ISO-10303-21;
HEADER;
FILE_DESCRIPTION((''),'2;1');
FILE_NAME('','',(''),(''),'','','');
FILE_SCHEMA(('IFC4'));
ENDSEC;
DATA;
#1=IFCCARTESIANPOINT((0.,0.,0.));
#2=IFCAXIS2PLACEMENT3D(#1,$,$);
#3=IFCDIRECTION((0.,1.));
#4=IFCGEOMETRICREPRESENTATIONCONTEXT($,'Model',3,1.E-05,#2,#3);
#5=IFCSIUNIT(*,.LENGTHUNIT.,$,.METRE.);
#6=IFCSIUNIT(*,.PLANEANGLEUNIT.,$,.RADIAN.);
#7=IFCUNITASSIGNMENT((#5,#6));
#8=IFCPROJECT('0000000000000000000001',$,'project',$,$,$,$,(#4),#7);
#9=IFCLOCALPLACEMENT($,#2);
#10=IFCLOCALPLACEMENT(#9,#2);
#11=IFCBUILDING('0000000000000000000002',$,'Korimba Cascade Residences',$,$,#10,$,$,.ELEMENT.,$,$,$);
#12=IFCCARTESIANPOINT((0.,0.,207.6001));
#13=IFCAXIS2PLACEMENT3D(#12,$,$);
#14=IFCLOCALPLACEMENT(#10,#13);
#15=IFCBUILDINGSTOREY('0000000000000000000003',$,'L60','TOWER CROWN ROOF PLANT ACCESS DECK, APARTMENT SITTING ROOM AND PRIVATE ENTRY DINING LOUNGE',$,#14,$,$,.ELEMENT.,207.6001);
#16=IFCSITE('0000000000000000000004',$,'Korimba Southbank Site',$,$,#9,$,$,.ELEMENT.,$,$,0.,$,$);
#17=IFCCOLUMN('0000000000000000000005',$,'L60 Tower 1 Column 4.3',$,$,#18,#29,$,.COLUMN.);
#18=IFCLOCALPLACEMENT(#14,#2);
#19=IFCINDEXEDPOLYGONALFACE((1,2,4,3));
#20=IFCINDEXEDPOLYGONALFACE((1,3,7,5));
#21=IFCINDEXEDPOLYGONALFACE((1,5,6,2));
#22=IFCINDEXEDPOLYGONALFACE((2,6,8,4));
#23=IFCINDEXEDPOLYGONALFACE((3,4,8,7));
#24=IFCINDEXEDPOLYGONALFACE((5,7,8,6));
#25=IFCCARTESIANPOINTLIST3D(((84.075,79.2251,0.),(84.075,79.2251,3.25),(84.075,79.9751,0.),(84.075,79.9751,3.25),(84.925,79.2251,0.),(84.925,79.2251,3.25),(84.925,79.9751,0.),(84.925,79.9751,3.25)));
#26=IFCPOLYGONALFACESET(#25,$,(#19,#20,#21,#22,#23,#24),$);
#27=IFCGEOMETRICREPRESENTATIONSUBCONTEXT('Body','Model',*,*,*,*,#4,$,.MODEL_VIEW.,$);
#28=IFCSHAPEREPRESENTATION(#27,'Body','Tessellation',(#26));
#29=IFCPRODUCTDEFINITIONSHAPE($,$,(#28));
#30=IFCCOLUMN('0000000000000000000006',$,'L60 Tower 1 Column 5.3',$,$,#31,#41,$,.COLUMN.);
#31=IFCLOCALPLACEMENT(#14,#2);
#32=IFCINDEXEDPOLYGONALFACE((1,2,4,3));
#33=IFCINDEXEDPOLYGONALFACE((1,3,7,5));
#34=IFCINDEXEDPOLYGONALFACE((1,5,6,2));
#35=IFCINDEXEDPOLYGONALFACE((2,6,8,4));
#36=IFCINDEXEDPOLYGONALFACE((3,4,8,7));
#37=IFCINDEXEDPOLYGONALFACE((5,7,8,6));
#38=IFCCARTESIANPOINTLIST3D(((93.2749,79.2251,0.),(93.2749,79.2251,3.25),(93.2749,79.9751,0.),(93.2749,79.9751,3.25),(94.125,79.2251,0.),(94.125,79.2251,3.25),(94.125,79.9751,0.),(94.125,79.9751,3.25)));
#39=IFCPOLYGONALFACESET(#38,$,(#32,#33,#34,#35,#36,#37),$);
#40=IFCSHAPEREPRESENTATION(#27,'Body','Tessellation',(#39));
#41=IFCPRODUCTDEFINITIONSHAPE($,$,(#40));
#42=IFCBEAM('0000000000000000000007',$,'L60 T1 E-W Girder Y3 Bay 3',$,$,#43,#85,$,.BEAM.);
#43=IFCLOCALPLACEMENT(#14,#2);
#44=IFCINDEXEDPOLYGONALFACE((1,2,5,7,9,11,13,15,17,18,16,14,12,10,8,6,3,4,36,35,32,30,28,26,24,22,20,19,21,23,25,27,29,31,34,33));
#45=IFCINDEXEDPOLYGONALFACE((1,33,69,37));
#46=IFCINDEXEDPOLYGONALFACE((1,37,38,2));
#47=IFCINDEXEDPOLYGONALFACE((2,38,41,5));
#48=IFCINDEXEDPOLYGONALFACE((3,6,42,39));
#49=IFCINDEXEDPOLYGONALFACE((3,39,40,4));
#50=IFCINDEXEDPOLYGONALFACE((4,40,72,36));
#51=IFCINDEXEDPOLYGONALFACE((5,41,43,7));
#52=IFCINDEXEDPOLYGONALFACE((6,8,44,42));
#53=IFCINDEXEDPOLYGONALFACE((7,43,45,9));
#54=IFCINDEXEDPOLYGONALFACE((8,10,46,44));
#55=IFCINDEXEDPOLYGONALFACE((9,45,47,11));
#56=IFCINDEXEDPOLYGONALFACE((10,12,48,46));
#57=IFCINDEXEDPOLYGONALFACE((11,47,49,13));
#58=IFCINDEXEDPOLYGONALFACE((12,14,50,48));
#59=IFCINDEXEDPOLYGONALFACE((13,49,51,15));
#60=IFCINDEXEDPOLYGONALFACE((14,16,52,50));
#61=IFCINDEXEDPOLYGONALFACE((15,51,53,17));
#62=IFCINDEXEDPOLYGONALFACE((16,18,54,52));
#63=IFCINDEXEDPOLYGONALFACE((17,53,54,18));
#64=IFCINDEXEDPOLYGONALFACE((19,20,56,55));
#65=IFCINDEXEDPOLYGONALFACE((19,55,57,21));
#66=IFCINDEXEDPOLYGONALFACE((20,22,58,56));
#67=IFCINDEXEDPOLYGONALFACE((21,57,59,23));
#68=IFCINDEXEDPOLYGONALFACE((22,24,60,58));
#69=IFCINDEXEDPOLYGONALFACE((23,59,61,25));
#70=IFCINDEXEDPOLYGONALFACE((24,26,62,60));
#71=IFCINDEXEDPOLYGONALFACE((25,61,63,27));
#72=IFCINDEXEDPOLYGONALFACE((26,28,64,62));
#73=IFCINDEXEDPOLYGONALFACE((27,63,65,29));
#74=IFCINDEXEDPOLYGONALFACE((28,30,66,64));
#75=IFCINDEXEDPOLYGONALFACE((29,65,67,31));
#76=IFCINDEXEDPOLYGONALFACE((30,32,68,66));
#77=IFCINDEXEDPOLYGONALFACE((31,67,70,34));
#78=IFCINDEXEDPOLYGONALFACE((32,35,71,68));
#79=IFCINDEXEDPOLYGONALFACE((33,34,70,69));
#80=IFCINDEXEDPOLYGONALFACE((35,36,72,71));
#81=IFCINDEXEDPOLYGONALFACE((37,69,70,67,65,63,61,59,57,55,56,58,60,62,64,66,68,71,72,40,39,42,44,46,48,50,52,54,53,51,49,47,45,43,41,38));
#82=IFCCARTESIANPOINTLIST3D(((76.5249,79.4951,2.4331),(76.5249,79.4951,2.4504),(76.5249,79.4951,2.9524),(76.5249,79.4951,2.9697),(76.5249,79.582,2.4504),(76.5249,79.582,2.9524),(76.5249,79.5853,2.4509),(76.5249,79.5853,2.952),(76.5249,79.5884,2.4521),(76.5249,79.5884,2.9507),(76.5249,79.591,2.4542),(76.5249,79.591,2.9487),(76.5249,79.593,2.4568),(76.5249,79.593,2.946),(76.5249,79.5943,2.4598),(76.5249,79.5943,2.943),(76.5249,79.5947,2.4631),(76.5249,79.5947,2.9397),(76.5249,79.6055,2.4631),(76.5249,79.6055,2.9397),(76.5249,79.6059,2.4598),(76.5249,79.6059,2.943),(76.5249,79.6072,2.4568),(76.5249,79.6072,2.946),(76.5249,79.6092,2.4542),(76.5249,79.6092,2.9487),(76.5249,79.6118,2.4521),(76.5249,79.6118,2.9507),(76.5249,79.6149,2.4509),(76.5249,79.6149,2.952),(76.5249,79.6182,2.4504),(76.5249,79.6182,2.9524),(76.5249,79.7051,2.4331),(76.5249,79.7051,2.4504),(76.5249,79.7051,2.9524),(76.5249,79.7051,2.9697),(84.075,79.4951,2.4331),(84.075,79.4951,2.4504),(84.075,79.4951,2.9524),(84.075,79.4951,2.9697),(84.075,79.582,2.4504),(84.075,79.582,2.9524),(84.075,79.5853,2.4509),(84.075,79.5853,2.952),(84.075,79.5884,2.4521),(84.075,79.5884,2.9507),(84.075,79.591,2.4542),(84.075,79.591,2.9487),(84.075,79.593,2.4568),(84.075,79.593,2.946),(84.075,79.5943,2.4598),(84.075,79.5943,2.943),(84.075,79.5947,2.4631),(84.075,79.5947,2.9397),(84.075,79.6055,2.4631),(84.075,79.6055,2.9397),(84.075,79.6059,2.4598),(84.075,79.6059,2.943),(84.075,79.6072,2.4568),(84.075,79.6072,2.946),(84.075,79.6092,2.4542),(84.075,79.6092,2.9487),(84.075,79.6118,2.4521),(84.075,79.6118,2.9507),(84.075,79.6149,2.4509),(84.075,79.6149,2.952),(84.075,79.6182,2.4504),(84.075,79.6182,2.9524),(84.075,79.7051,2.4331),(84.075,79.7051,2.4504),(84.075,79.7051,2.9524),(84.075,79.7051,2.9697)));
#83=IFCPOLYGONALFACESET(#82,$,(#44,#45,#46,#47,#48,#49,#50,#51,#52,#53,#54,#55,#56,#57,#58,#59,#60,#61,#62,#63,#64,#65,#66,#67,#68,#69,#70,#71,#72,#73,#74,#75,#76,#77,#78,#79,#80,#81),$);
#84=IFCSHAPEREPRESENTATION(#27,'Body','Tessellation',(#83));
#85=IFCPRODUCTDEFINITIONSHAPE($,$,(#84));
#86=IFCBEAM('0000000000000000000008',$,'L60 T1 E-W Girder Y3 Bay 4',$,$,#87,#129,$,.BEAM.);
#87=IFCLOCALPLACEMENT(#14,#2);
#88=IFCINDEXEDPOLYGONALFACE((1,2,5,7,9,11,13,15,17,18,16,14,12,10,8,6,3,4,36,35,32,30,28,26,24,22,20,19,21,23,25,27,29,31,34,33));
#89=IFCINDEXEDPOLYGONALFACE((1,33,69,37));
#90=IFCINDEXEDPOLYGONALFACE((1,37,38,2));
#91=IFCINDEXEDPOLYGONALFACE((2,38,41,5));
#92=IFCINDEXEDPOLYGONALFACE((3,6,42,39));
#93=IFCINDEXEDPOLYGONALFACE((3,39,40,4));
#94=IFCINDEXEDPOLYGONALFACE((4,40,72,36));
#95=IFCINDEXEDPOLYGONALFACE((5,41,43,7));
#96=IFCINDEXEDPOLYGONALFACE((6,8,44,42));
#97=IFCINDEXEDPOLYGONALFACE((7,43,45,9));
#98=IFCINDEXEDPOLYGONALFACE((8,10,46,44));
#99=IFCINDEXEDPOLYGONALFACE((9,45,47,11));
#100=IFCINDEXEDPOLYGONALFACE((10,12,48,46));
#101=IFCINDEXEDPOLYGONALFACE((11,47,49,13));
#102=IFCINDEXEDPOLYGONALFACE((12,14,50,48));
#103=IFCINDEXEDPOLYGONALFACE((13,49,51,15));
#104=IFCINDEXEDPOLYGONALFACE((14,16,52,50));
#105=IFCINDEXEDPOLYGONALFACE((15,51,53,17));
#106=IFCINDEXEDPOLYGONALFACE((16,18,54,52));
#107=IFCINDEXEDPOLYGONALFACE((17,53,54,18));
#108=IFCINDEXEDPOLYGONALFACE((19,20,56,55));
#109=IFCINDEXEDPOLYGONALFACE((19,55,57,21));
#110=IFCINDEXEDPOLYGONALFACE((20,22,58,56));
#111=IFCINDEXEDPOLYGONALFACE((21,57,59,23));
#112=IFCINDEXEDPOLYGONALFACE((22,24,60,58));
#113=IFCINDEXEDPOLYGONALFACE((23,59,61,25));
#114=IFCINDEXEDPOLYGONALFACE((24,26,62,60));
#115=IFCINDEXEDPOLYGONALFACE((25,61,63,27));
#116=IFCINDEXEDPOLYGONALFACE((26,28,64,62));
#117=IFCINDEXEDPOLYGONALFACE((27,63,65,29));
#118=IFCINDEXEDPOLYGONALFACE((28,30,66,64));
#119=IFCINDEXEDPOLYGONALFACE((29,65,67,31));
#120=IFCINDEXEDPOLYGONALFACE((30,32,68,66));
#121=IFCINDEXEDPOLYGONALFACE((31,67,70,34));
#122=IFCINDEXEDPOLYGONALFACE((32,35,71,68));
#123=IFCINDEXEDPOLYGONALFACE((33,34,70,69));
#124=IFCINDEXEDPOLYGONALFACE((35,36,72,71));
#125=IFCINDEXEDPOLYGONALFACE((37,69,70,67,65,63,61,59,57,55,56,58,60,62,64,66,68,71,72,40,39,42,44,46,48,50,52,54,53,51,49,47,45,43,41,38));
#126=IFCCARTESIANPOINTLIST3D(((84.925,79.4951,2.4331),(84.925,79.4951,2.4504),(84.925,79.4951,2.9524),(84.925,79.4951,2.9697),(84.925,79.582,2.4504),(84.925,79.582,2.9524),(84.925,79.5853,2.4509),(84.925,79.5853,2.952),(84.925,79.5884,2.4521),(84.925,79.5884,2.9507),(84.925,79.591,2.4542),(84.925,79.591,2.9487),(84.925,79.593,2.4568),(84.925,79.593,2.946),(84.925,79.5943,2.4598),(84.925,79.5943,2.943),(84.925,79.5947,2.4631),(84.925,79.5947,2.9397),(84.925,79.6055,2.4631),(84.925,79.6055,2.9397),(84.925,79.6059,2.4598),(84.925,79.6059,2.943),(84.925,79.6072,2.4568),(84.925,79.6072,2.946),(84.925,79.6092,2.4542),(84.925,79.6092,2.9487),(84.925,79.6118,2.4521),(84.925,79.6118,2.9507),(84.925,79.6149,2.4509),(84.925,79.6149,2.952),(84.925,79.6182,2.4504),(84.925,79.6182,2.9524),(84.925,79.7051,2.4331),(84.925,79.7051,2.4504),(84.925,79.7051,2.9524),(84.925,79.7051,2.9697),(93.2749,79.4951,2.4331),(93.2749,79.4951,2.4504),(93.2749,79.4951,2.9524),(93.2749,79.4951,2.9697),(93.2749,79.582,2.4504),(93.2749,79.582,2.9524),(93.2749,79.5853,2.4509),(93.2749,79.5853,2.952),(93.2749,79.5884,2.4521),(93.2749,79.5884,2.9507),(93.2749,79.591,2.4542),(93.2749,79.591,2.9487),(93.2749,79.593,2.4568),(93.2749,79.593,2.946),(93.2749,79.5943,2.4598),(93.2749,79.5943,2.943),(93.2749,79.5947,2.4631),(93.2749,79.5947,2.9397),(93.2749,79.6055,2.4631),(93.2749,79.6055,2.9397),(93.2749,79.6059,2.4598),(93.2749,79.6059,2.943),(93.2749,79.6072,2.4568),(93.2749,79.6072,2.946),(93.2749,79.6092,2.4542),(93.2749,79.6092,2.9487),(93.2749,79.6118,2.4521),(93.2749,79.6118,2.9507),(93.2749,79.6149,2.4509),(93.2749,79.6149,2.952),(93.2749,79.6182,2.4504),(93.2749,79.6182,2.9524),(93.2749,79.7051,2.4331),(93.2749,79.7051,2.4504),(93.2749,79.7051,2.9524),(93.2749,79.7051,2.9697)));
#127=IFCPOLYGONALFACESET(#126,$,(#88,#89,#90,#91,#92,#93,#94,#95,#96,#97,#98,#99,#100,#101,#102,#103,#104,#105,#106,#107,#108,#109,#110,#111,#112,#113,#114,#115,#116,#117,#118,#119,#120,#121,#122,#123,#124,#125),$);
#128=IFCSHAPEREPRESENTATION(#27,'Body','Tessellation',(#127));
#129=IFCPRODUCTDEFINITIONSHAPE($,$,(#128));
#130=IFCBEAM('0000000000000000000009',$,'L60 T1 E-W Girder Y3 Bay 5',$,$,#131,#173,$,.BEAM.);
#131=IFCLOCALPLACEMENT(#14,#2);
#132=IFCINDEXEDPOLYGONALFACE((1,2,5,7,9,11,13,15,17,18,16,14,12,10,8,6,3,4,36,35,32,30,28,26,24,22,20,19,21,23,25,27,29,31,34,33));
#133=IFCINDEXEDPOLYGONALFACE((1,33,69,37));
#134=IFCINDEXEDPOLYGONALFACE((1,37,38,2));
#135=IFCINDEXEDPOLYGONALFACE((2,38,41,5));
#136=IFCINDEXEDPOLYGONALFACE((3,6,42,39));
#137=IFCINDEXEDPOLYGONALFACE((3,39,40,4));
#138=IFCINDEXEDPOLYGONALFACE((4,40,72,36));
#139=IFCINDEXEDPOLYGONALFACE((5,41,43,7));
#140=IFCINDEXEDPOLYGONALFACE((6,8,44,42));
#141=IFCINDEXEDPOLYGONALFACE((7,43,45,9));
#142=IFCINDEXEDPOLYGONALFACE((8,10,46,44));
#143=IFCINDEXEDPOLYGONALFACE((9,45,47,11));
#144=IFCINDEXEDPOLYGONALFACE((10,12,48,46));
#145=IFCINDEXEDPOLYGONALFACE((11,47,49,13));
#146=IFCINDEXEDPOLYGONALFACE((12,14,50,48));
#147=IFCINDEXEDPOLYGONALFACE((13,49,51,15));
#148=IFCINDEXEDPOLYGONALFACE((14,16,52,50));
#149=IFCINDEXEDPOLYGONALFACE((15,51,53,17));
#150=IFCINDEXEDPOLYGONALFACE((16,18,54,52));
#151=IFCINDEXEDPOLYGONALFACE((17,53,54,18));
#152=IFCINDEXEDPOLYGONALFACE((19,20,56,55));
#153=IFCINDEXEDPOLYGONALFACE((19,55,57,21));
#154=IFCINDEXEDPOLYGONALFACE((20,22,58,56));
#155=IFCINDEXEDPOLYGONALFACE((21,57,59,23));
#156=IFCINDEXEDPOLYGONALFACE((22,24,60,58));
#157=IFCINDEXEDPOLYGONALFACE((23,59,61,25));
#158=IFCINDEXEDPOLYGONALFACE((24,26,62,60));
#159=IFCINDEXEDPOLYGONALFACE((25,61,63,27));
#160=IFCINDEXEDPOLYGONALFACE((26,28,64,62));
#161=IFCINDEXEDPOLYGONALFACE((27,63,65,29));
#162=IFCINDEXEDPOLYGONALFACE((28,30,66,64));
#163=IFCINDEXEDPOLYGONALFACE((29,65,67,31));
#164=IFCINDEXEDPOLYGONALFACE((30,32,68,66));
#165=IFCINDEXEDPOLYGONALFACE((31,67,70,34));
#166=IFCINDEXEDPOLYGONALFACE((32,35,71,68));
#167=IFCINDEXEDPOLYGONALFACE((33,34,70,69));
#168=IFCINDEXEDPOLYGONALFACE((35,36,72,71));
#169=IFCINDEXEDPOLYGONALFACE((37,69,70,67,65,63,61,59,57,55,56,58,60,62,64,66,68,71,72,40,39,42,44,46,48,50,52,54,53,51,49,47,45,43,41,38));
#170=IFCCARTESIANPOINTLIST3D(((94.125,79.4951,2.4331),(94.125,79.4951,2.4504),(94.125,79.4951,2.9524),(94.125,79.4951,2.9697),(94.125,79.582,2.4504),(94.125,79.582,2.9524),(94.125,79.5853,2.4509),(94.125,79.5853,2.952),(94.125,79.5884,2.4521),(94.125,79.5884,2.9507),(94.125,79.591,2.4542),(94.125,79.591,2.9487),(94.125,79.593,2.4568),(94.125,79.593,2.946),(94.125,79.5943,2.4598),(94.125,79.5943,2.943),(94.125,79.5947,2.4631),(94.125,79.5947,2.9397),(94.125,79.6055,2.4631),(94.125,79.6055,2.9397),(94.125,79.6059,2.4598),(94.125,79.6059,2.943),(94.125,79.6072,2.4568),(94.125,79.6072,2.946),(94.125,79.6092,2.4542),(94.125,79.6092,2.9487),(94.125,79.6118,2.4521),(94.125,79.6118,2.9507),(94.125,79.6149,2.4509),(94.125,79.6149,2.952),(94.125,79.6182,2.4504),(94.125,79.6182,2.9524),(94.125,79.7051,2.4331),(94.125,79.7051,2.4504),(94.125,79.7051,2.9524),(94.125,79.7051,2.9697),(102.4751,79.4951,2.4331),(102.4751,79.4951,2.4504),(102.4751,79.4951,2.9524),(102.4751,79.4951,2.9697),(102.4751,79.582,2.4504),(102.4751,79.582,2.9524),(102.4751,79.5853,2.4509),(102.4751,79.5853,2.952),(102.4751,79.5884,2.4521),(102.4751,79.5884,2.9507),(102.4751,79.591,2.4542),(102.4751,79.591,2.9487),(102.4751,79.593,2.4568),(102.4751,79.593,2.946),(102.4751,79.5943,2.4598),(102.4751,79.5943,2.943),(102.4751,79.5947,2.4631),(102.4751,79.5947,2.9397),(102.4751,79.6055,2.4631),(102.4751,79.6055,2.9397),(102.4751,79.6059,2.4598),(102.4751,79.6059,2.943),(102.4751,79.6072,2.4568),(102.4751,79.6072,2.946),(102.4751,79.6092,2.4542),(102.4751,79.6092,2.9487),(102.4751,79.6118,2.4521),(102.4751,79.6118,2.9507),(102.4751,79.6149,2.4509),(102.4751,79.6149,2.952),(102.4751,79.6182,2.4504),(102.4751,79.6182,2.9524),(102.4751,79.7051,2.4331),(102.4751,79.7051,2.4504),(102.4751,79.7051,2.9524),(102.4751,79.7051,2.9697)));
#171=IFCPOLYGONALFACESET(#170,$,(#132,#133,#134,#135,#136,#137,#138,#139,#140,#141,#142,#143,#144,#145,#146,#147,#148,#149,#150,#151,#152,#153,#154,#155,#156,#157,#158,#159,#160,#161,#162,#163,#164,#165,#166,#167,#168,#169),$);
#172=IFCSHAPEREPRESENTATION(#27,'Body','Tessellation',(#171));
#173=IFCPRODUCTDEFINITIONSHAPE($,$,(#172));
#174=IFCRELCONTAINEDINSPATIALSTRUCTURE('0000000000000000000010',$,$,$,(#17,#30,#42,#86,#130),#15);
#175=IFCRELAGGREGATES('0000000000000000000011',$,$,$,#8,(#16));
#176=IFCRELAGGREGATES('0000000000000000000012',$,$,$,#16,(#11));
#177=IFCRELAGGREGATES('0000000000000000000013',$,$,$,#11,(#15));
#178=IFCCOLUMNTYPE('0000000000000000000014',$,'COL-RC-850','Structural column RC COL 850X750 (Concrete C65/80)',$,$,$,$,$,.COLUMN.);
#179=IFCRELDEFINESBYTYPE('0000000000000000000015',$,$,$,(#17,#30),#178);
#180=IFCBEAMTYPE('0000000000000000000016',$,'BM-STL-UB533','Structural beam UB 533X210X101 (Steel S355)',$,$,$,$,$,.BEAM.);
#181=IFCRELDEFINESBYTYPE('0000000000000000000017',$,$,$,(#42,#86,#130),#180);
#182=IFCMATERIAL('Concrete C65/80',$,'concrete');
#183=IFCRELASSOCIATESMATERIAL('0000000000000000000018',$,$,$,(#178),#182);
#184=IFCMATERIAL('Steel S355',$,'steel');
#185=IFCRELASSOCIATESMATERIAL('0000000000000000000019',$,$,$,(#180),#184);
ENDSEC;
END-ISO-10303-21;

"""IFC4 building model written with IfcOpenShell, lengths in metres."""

from ifc_helpers import new_model, si_unit, direction, frame, origin, origin_2d, place, context, subcontext, project, spatial, rectangle, i_section, extrude, material, material_profile, profile_set, type_object, element, save


model = new_model("IFC4")

# Units and contexts
model_context = context("Model", 3, precision=1e-05, world=origin(), true_north=direction((0.0, 1.0)))
body_context = subcontext(model_context, "Body", "Model", "MODEL_VIEW")
ifc_project = project(units=[si_unit("LENGTHUNIT", "METRE"), si_unit("PLANEANGLEUNIT", "RADIAN")], contexts=[model_context])

# Site, building, storey
site_placement = place(None, origin())
site = spatial("IfcSite", under=ifc_project, at=site_placement, Name="Korimba Southbank Site", CompositionType="ELEMENT", RefElevation=0.0)
building_placement = place(site_placement, origin())
building = spatial("IfcBuilding", under=site, at=building_placement, Name="Korimba Cascade Residences", CompositionType="ELEMENT")
storey_placement = place(building_placement, frame((0.0, 0.0, 207.6001)))
storey = spatial("IfcBuildingStorey", under=building, at=storey_placement, Name="L60", Description="TOWER CROWN ROOF PLANT ACCESS DECK, APARTMENT SITTING ROOM AND PRIVATE ENTRY DINING LOUNGE", CompositionType="ELEMENT", Elevation=207.6001)

# Columns
ifc_material_1 = material(Name="Concrete C65/80", Category="concrete")
ifc_material_profile_1 = material_profile(ifc_material_1, rectangle(XDim=0.8501, YDim=0.75, at=origin_2d()), Name="Concrete C65/80")
ifc_profile_set_1 = profile_set([ifc_material_profile_1], Name="Concrete C65/80")
column_type = type_object("IfcColumnType", Name="COL-RC-850", Description="Structural column RC COL 850X750 (Concrete C65/80)", PredefinedType="COLUMN", material=ifc_profile_set_1)
for number, where, z_axis, x_axis, name in (
    (1, (84.5, 79.6001, 0.0), (0.0, 0.0, 1.0), (1.0, 0.0, 0.0), "L60 Tower 1 Column 4.3"),
    (2, (93.7, 79.6001, 0.0), (0.0, 0.0, 1.0), (1.0, 0.0, 0.0), "L60 Tower 1 Column 5.3"),
):
    element("IfcColumn", number, at=place(storey_placement, frame(where, z_axis=z_axis, x_axis=x_axis)), inside=storey, type_object=column_type, Name=name, PredefinedType="COLUMN", context=body_context, shape_type="SweptSolid", body=[
        extrude(rectangle(XDim=0.8501, YDim=0.75, at=origin_2d()), origin(), (0.0, 0.0, 1.0), 3.25),
    ])

# Beams
ifc_material_2 = material(Name="Steel S355", Category="steel")
ifc_material_profile_2 = material_profile(ifc_material_2, i_section(OverallWidth=0.21, OverallDepth=0.5366, WebThickness=0.0107, FlangeThickness=0.0173, FilletRadius=0.0127, at=origin_2d()), Name="Steel S355")
ifc_profile_set_2 = profile_set([ifc_material_profile_2], Name="Steel S355")
beam_type_1 = type_object("IfcBeamType", Name="BM-STL-UB533", Description="Structural beam UB 533X210X101 (Steel S355)", PredefinedType="BEAM", material=ifc_profile_set_2)
beam_1_placement = place(storey_placement, frame((76.5249, 79.6001, 2.7014), z_axis=(1.0, 0.0, 0.0), x_axis=(0.0, 1.0, 0.0)))
element("IfcBeam", 3, at=beam_1_placement, inside=storey, type_object=beam_type_1, Name="L60 T1 E-W Girder Y3 Bay 3", PredefinedType="BEAM", context=body_context, shape_type="SweptSolid", body=[
    extrude(i_section(OverallWidth=0.21, OverallDepth=0.5366, WebThickness=0.0107, FlangeThickness=0.0173, FilletRadius=0.0127, at=origin_2d()), origin(), (0.0, 0.0, 1.0), 7.55),
])
beam_2_placement = place(storey_placement, frame((84.925, 79.6001, 2.7014), z_axis=(1.0, 0.0, 0.0), x_axis=(0.0, 1.0, 0.0)))
element("IfcBeam", 4, at=beam_2_placement, inside=storey, type_object=beam_type_1, Name="L60 T1 E-W Girder Y3 Bay 4", PredefinedType="BEAM", context=body_context, shape_type="SweptSolid", body=[
    extrude(i_section(OverallWidth=0.21, OverallDepth=0.5366, WebThickness=0.0107, FlangeThickness=0.0173, FilletRadius=0.0127, at=origin_2d()), origin(), (0.0, 0.0, 1.0), 8.3499),
])
beam_3_placement = place(storey_placement, frame((94.125, 79.6001, 2.7014), z_axis=(1.0, 0.0, 0.0), x_axis=(0.0, 1.0, 0.0)))
element("IfcBeam", 5, at=beam_3_placement, inside=storey, type_object=beam_type_1, Name="L60 T1 E-W Girder Y3 Bay 5", PredefinedType="BEAM", context=body_context, shape_type="SweptSolid", body=[
    extrude(i_section(OverallWidth=0.21, OverallDepth=0.5366, WebThickness=0.0107, FlangeThickness=0.0173, FilletRadius=0.0127, at=origin_2d()), origin(), (0.0, 0.0, 1.0), 8.3501),
])

save(model, "model.ifc")
